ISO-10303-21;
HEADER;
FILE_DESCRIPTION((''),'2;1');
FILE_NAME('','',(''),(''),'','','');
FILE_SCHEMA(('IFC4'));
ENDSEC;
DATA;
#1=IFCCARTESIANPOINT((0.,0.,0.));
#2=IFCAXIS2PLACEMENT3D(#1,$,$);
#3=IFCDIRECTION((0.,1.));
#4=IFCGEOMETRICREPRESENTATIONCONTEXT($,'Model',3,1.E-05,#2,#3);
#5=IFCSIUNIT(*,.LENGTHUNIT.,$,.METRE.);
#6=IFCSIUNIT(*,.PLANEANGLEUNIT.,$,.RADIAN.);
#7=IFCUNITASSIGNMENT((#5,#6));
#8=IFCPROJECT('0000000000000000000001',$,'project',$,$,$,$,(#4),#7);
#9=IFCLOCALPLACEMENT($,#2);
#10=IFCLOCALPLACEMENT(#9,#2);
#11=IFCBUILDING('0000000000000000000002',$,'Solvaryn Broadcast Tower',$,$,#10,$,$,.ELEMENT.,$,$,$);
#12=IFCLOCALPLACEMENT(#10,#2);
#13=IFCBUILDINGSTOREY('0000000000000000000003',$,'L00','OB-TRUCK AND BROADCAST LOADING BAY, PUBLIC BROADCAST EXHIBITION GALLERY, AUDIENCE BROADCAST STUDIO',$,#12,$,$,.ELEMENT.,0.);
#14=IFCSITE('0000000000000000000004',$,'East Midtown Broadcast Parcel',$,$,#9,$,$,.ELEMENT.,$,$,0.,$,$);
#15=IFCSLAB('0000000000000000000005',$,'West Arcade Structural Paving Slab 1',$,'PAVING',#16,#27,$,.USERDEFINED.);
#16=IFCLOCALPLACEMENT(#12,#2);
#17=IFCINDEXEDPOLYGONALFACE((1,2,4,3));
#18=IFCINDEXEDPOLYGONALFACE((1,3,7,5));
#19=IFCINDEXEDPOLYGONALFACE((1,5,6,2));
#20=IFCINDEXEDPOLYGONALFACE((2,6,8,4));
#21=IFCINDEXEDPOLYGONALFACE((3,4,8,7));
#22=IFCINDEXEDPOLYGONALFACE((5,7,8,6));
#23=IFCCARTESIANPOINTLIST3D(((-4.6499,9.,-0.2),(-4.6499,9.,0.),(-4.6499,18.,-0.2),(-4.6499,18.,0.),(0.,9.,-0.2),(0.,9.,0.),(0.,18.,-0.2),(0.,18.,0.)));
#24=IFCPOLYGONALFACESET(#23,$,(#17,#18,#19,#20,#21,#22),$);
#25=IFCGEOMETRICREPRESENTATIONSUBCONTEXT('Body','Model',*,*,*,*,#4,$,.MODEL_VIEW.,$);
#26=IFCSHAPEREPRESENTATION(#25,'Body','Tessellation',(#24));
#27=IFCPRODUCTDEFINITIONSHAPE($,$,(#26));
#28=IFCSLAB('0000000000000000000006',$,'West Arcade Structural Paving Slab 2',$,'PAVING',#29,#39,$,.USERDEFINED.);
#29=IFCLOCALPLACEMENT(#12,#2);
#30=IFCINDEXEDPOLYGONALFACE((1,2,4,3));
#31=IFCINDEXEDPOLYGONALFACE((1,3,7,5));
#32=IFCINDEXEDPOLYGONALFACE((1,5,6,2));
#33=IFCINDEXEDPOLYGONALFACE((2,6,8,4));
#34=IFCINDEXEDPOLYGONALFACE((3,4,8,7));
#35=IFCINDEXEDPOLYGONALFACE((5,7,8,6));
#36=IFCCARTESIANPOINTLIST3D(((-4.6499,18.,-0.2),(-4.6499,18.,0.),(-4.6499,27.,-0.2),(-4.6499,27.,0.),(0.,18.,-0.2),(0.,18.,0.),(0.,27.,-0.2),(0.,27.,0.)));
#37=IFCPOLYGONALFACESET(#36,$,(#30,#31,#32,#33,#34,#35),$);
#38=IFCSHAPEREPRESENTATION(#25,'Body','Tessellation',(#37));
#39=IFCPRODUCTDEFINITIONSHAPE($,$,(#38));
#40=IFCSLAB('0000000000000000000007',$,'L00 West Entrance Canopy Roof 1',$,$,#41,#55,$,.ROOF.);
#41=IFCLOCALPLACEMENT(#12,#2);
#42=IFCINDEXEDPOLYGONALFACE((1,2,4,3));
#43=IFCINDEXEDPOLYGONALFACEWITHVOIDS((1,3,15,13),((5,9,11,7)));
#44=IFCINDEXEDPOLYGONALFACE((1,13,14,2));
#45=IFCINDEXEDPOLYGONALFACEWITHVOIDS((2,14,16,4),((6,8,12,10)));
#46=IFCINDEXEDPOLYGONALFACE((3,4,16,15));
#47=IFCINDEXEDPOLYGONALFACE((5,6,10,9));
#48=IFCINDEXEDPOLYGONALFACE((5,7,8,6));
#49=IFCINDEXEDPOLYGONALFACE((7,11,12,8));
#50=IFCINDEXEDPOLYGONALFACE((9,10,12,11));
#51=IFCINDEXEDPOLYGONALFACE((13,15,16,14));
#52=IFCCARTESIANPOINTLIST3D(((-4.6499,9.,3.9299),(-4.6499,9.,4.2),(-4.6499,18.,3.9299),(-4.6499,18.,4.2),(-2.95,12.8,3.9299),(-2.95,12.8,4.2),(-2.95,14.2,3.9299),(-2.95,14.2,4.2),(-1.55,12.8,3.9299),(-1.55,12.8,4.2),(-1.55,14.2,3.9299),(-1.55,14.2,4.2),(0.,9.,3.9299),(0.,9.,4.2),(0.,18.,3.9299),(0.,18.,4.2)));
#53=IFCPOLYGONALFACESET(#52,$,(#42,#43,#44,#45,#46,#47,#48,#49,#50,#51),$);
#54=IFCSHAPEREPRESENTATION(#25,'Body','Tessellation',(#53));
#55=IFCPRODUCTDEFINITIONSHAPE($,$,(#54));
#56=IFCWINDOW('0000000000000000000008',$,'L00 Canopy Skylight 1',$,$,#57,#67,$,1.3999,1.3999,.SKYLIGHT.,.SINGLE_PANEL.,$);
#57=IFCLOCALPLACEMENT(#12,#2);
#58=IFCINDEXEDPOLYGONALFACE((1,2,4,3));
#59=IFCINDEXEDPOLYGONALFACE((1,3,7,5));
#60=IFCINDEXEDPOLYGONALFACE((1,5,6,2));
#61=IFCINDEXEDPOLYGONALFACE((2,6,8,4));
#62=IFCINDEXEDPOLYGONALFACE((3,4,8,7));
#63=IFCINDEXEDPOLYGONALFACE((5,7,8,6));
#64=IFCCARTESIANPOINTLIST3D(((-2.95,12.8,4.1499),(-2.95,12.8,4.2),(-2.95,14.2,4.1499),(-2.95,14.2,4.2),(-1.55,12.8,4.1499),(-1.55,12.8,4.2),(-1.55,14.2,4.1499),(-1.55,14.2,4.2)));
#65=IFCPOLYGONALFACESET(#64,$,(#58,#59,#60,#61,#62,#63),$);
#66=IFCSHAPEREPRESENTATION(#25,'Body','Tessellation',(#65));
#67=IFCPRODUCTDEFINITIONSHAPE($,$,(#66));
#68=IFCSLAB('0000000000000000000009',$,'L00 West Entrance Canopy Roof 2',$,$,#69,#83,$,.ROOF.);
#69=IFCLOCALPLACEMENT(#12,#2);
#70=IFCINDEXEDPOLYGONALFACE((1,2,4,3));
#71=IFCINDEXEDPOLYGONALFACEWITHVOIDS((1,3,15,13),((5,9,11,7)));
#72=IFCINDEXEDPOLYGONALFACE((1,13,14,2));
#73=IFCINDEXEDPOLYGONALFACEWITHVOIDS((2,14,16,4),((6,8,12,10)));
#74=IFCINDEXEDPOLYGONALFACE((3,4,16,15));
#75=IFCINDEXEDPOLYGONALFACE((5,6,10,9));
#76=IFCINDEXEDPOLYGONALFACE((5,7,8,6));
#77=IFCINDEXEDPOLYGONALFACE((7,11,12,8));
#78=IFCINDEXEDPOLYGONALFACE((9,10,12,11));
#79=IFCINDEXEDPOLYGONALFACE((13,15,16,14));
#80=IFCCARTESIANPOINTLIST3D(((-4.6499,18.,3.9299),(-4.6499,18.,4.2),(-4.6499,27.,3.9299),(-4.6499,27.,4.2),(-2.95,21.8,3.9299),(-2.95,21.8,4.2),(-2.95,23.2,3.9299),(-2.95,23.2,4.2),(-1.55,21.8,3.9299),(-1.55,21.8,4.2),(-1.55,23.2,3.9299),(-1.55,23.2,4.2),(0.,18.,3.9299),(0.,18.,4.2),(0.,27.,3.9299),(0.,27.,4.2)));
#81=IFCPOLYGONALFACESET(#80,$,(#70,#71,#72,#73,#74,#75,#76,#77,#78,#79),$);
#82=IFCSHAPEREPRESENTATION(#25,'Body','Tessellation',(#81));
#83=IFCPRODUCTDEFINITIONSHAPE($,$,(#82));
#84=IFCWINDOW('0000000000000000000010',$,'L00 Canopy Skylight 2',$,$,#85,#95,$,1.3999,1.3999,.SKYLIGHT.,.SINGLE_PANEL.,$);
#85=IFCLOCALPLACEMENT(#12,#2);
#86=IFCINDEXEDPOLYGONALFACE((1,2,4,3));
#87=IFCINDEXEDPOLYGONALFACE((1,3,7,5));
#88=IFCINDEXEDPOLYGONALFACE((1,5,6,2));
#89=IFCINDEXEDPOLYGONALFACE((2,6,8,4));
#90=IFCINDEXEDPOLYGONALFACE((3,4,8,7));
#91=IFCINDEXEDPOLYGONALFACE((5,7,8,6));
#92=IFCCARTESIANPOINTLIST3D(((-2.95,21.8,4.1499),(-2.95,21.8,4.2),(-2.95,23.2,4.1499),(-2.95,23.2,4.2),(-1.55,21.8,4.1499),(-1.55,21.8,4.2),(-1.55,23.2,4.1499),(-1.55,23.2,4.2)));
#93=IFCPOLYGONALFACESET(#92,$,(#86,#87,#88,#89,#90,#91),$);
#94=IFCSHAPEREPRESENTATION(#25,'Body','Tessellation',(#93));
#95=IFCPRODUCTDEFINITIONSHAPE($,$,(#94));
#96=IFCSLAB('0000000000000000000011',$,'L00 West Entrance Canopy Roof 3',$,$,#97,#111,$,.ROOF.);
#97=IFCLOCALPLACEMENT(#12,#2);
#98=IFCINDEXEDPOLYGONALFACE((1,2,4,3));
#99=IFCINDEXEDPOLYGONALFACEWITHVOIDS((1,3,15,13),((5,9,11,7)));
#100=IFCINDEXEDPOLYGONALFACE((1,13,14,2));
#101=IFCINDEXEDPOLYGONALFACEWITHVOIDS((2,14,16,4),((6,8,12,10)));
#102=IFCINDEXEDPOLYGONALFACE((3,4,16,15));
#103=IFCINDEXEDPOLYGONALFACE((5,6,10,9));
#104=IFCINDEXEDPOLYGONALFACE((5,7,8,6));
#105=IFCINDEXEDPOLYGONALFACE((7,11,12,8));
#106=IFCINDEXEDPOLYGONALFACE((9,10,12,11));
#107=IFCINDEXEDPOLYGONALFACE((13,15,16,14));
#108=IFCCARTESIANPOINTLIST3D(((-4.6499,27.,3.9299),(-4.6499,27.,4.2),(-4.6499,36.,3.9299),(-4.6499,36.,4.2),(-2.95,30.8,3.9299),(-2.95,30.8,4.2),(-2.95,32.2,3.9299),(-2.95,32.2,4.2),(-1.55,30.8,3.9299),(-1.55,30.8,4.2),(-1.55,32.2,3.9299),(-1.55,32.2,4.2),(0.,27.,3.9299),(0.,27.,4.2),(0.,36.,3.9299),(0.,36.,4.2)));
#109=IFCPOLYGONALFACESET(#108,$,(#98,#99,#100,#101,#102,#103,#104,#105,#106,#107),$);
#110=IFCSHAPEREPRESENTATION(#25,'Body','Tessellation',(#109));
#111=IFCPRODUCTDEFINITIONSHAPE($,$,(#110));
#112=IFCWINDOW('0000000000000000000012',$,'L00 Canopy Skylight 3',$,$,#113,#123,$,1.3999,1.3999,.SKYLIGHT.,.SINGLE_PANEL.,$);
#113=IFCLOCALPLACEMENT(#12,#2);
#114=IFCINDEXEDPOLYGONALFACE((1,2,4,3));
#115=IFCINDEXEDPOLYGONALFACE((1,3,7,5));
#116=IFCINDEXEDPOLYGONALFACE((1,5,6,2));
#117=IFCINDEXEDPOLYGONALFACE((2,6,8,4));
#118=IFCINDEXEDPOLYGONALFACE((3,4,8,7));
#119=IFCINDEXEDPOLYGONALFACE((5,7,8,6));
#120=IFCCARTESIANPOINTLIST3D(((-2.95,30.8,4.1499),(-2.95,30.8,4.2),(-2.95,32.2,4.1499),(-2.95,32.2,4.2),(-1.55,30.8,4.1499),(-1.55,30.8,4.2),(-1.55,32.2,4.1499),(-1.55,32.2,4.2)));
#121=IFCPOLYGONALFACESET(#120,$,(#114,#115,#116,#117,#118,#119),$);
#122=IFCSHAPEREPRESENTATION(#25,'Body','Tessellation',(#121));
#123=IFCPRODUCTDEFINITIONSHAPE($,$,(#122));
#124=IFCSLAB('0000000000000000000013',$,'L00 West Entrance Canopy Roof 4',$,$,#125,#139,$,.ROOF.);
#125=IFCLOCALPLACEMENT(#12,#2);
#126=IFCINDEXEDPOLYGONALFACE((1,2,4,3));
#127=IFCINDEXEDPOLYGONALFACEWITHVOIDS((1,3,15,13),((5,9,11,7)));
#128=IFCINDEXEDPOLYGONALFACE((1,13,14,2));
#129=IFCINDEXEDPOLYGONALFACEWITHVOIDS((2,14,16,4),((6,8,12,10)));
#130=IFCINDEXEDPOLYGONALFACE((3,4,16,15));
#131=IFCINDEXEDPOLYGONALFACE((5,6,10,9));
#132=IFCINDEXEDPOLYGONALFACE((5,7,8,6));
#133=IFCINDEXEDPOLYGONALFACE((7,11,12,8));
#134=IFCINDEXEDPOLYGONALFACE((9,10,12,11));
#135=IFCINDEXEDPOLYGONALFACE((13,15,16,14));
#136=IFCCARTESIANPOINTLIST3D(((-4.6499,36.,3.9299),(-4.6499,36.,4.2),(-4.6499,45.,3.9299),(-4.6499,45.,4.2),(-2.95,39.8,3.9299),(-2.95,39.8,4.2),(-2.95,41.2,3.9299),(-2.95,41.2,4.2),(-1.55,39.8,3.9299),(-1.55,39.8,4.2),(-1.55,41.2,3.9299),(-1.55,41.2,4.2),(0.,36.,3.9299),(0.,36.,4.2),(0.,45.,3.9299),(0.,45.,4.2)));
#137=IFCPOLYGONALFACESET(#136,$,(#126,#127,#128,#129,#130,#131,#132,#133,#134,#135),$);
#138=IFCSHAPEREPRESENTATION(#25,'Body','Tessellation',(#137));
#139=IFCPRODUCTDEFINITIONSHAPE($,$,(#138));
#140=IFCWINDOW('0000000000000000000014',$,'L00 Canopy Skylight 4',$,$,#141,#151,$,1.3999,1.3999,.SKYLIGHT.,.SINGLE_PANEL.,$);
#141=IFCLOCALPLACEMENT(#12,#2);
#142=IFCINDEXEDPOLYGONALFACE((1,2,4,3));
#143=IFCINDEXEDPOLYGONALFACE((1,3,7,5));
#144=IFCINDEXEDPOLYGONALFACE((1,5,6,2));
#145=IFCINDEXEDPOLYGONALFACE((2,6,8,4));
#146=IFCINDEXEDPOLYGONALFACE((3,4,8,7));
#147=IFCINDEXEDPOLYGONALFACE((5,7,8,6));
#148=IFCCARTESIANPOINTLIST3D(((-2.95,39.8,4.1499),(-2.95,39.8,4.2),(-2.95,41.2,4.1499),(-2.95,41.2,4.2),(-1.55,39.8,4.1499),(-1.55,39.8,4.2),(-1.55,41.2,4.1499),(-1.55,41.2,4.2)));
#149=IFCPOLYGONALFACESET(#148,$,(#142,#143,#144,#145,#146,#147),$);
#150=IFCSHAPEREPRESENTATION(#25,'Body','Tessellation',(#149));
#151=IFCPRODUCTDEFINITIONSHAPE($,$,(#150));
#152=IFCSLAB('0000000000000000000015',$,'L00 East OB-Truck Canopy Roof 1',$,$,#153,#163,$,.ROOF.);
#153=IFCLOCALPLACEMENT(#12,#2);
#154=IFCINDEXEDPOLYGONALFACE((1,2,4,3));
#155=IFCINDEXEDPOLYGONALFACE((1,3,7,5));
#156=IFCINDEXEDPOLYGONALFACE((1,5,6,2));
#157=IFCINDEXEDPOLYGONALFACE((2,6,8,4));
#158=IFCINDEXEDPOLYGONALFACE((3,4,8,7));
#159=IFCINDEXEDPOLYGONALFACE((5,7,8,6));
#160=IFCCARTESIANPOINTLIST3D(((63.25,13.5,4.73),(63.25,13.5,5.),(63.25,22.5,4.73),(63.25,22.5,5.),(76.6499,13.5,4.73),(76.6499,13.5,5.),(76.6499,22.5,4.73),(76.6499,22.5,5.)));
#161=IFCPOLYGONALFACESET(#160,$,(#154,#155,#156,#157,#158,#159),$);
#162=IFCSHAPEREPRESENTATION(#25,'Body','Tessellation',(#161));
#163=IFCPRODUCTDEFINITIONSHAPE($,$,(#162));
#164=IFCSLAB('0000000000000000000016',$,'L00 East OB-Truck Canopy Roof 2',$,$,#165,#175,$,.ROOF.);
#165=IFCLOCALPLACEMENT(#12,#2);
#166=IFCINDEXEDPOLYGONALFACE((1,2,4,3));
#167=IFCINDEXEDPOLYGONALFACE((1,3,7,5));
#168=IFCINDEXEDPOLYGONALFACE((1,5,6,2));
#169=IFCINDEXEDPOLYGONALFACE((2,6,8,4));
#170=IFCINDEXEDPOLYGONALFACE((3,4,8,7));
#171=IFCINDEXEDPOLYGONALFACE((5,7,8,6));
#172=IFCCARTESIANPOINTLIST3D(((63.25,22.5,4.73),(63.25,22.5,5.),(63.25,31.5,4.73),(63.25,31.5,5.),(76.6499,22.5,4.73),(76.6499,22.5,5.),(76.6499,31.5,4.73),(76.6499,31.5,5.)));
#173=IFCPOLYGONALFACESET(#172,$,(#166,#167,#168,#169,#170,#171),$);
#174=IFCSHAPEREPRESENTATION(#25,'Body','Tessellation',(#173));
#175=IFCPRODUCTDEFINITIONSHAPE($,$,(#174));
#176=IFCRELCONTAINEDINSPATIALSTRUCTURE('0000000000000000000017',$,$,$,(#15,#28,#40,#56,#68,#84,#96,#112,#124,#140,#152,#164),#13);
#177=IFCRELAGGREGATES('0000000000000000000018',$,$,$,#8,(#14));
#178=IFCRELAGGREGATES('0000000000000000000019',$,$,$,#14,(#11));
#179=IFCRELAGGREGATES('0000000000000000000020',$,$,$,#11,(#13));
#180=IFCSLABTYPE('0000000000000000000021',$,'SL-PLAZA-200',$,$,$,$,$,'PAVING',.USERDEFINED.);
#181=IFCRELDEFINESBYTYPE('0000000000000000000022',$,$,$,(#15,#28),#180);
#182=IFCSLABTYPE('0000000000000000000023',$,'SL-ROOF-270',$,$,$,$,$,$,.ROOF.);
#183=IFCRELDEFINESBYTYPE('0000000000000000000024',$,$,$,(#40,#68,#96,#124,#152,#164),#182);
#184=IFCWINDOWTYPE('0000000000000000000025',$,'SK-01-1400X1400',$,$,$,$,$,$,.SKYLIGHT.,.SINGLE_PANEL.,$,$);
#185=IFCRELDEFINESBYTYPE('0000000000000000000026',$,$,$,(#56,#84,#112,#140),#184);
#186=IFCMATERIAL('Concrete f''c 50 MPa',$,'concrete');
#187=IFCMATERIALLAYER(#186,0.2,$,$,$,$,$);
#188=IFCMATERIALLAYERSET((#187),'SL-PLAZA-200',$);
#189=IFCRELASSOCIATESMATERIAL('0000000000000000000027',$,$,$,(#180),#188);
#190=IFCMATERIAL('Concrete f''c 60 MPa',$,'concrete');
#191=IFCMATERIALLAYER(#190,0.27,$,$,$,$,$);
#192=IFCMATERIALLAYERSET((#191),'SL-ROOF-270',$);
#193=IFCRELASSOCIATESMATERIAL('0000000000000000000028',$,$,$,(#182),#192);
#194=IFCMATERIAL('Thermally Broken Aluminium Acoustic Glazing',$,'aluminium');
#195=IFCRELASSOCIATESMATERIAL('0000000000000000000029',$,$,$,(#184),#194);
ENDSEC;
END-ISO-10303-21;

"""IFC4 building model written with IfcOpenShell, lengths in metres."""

from ifc_helpers import new_model, si_unit, direction, frame, origin, origin_2d, place, context, subcontext, project, spatial, polyline, rectangle, outline, extrude, material, layer, layer_set, type_object, element, fill, save


model = new_model("IFC4")

# Units and contexts
model_context = context("Model", 3, precision=1e-05, world=origin(), true_north=direction((0.0, 1.0)))
body_context = subcontext(model_context, "Body", "Model", "MODEL_VIEW")
ifc_project = project(units=[si_unit("LENGTHUNIT", "METRE"), si_unit("PLANEANGLEUNIT", "RADIAN")], contexts=[model_context])

# Site, building, storey
site_placement = place(None, origin())
site = spatial("IfcSite", under=ifc_project, at=site_placement, Name="East Midtown Broadcast Parcel", CompositionType="ELEMENT", RefElevation=0.0)
building_placement = place(site_placement, origin())
building = spatial("IfcBuilding", under=site, at=building_placement, Name="Solvaryn Broadcast Tower", CompositionType="ELEMENT")
storey_placement = place(building_placement, origin())
storey = spatial("IfcBuildingStorey", under=building, at=storey_placement, Name="L00", Description="OB-TRUCK AND BROADCAST LOADING BAY, PUBLIC BROADCAST EXHIBITION GALLERY, AUDIENCE BROADCAST STUDIO", CompositionType="ELEMENT", Elevation=0.0)

# Slabs
ifc_material_1 = material(Name="Concrete f'c 50 MPa", Category="concrete")
ifc_layer_1 = layer(ifc_material_1, 0.2)
ifc_layer_set_1 = layer_set([ifc_layer_1], Name="SL-PLAZA-200")
slab_type_1 = type_object("IfcSlabType", Name="SL-PLAZA-200", ElementType="PAVING", PredefinedType="USERDEFINED", material=ifc_layer_set_1)
slab_1_placement = place(storey_placement, frame((0.0, 0.0, -0.2)))
element("IfcSlab", 1, at=slab_1_placement, inside=storey, type_object=slab_type_1, Name="West Arcade Structural Paving Slab 1", ObjectType="PAVING", PredefinedType="USERDEFINED", context=body_context, shape_type="SweptSolid", body=[
    extrude(outline(polyline([(-4.6499, 9.0), (0.0, 9.0), (0.0, 18.0), (-4.6499, 18.0), (-4.6499, 9.0)])), origin(), (0.0, 0.0, 1.0), 0.2),
])
slab_2_placement = place(storey_placement, frame((0.0, 0.0, -0.2)))
element("IfcSlab", 2, at=slab_2_placement, inside=storey, type_object=slab_type_1, Name="West Arcade Structural Paving Slab 2", ObjectType="PAVING", PredefinedType="USERDEFINED", context=body_context, shape_type="SweptSolid", body=[
    extrude(outline(polyline([(-4.6499, 18.0), (0.0, 18.0), (0.0, 27.0), (-4.6499, 27.0), (-4.6499, 18.0)])), origin(), (0.0, 0.0, 1.0), 0.2),
])

# Slabs, openings, windows
ifc_material_2 = material(Name="Concrete f'c 60 MPa", Category="concrete")
ifc_layer_2 = layer(ifc_material_2, 0.27)
ifc_layer_set_2 = layer_set([ifc_layer_2], Name="SL-ROOF-270")
slab_type_2 = type_object("IfcSlabType", Name="SL-ROOF-270", PredefinedType="ROOF", material=ifc_layer_set_2)
slab_3_placement = place(storey_placement, frame((0.0, 0.0, 3.9299)))
slab_3 = element("IfcSlab", 3, at=slab_3_placement, inside=storey, type_object=slab_type_2, Name="L00 West Entrance Canopy Roof 1", PredefinedType="ROOF", context=body_context, shape_type="SweptSolid", body=[
    extrude(outline(polyline([(-4.6499, 9.0), (0.0, 9.0), (0.0, 18.0), (-4.6499, 18.0), (-4.6499, 9.0)])), origin(), (0.0, 0.0, 1.0), 0.27),
])
opening_1_placement = place(slab_3_placement, frame((-2.25, 13.5, 0.0)))
opening_1 = element("IfcOpeningElement", 4, at=opening_1_placement, cuts=slab_3, PredefinedType="OPENING", context=body_context, shape_type="SweptSolid", body=[
    extrude(rectangle(XDim=1.3999, YDim=1.3999, at=origin_2d()), origin(), (0.0, 0.0, 1.0), 0.27),
])
ifc_material_3 = material(Name="Thermally Broken Aluminium Acoustic Glazing", Category="aluminium")
window_type = type_object("IfcWindowType", Name="SK-01-1400X1400", PartitioningType="SINGLE_PANEL", PredefinedType="SKYLIGHT", material=ifc_material_3)
window_1_placement = place(opening_1_placement, frame((0.0, 0.0, 0.22)))
window_1 = element("IfcWindow", 5, at=window_1_placement, inside=storey, type_object=window_type, Name="L00 Canopy Skylight 1", OverallHeight=1.3999, OverallWidth=1.3999, PartitioningType="SINGLE_PANEL", PredefinedType="SKYLIGHT", context=body_context, shape_type="SweptSolid", body=[
    extrude(rectangle(XDim=1.3999, YDim=1.3999, at=origin_2d()), origin(), (0.0, 0.0, 1.0), 0.05),
])
fill(opening_1, window_1)
slab_4_placement = place(storey_placement, frame((0.0, 0.0, 3.9299)))
slab_4 = element("IfcSlab", 6, at=slab_4_placement, inside=storey, type_object=slab_type_2, Name="L00 West Entrance Canopy Roof 2", PredefinedType="ROOF", context=body_context, shape_type="SweptSolid", body=[
    extrude(outline(polyline([(-4.6499, 18.0), (0.0, 18.0), (0.0, 27.0), (-4.6499, 27.0), (-4.6499, 18.0)])), origin(), (0.0, 0.0, 1.0), 0.27),
])
opening_2_placement = place(slab_4_placement, frame((-2.25, 22.5, 0.0)))
opening_2 = element("IfcOpeningElement", 7, at=opening_2_placement, cuts=slab_4, PredefinedType="OPENING", context=body_context, shape_type="SweptSolid", body=[
    extrude(rectangle(XDim=1.3999, YDim=1.3999, at=origin_2d()), origin(), (0.0, 0.0, 1.0), 0.27),
])
window_2_placement = place(opening_2_placement, frame((0.0, 0.0, 0.22)))
window_2 = element("IfcWindow", 8, at=window_2_placement, inside=storey, type_object=window_type, Name="L00 Canopy Skylight 2", OverallHeight=1.3999, OverallWidth=1.3999, PartitioningType="SINGLE_PANEL", PredefinedType="SKYLIGHT", context=body_context, shape_type="SweptSolid", body=[
    extrude(rectangle(XDim=1.3999, YDim=1.3999, at=origin_2d()), origin(), (0.0, 0.0, 1.0), 0.05),
])
fill(opening_2, window_2)
slab_5_placement = place(storey_placement, frame((0.0, 0.0, 3.9299)))
slab_5 = element("IfcSlab", 9, at=slab_5_placement, inside=storey, type_object=slab_type_2, Name="L00 West Entrance Canopy Roof 3", PredefinedType="ROOF", context=body_context, shape_type="SweptSolid", body=[
    extrude(outline(polyline([(-4.6499, 27.0), (0.0, 27.0), (0.0, 36.0), (-4.6499, 36.0), (-4.6499, 27.0)])), origin(), (0.0, 0.0, 1.0), 0.27),
])
opening_3_placement = place(slab_5_placement, frame((-2.25, 31.5, 0.0)))
opening_3 = element("IfcOpeningElement", 10, at=opening_3_placement, cuts=slab_5, PredefinedType="OPENING", context=body_context, shape_type="SweptSolid", body=[
    extrude(rectangle(XDim=1.3999, YDim=1.3999, at=origin_2d()), origin(), (0.0, 0.0, 1.0), 0.27),
])
window_3_placement = place(opening_3_placement, frame((0.0, 0.0, 0.22)))
window_3 = element("IfcWindow", 11, at=window_3_placement, inside=storey, type_object=window_type, Name="L00 Canopy Skylight 3", OverallHeight=1.3999, OverallWidth=1.3999, PartitioningType="SINGLE_PANEL", PredefinedType="SKYLIGHT", context=body_context, shape_type="SweptSolid", body=[
    extrude(rectangle(XDim=1.3999, YDim=1.3999, at=origin_2d()), origin(), (0.0, 0.0, 1.0), 0.05),
])
fill(opening_3, window_3)
slab_6_placement = place(storey_placement, frame((0.0, 0.0, 3.9299)))
slab_6 = element("IfcSlab", 12, at=slab_6_placement, inside=storey, type_object=slab_type_2, Name="L00 West Entrance Canopy Roof 4", PredefinedType="ROOF", context=body_context, shape_type="SweptSolid", body=[
    extrude(outline(polyline([(-4.6499, 36.0), (0.0, 36.0), (0.0, 45.0), (-4.6499, 45.0), (-4.6499, 36.0)])), origin(), (0.0, 0.0, 1.0), 0.27),
])
opening_4_placement = place(slab_6_placement, frame((-2.25, 40.5, 0.0)))
opening_4 = element("IfcOpeningElement", 13, at=opening_4_placement, cuts=slab_6, PredefinedType="OPENING", context=body_context, shape_type="SweptSolid", body=[
    extrude(rectangle(XDim=1.3999, YDim=1.3999, at=origin_2d()), origin(), (0.0, 0.0, 1.0), 0.27),
])
window_4_placement = place(opening_4_placement, frame((0.0, 0.0, 0.22)))
window_4 = element("IfcWindow", 14, at=window_4_placement, inside=storey, type_object=window_type, Name="L00 Canopy Skylight 4", OverallHeight=1.3999, OverallWidth=1.3999, PartitioningType="SINGLE_PANEL", PredefinedType="SKYLIGHT", context=body_context, shape_type="SweptSolid", body=[
    extrude(rectangle(XDim=1.3999, YDim=1.3999, at=origin_2d()), origin(), (0.0, 0.0, 1.0), 0.05),
])
fill(opening_4, window_4)

# Slabs
slab_7_placement = place(storey_placement, frame((0.0, 0.0, 4.73)))
element("IfcSlab", 15, at=slab_7_placement, inside=storey, type_object=slab_type_2, Name="L00 East OB-Truck Canopy Roof 1", PredefinedType="ROOF", context=body_context, shape_type="SweptSolid", body=[
    extrude(outline(polyline([(63.25, 13.5), (76.6499, 13.5), (76.6499, 22.5), (63.25, 22.5), (63.25, 13.5)])), origin(), (0.0, 0.0, 1.0), 0.27),
])
slab_8_placement = place(storey_placement, frame((0.0, 0.0, 4.73)))
element("IfcSlab", 16, at=slab_8_placement, inside=storey, type_object=slab_type_2, Name="L00 East OB-Truck Canopy Roof 2", PredefinedType="ROOF", context=body_context, shape_type="SweptSolid", body=[
    extrude(outline(polyline([(63.25, 22.5), (76.6499, 22.5), (76.6499, 31.5), (63.25, 31.5), (63.25, 22.5)])), origin(), (0.0, 0.0, 1.0), 0.27),
])

save(model, "model.ifc")
